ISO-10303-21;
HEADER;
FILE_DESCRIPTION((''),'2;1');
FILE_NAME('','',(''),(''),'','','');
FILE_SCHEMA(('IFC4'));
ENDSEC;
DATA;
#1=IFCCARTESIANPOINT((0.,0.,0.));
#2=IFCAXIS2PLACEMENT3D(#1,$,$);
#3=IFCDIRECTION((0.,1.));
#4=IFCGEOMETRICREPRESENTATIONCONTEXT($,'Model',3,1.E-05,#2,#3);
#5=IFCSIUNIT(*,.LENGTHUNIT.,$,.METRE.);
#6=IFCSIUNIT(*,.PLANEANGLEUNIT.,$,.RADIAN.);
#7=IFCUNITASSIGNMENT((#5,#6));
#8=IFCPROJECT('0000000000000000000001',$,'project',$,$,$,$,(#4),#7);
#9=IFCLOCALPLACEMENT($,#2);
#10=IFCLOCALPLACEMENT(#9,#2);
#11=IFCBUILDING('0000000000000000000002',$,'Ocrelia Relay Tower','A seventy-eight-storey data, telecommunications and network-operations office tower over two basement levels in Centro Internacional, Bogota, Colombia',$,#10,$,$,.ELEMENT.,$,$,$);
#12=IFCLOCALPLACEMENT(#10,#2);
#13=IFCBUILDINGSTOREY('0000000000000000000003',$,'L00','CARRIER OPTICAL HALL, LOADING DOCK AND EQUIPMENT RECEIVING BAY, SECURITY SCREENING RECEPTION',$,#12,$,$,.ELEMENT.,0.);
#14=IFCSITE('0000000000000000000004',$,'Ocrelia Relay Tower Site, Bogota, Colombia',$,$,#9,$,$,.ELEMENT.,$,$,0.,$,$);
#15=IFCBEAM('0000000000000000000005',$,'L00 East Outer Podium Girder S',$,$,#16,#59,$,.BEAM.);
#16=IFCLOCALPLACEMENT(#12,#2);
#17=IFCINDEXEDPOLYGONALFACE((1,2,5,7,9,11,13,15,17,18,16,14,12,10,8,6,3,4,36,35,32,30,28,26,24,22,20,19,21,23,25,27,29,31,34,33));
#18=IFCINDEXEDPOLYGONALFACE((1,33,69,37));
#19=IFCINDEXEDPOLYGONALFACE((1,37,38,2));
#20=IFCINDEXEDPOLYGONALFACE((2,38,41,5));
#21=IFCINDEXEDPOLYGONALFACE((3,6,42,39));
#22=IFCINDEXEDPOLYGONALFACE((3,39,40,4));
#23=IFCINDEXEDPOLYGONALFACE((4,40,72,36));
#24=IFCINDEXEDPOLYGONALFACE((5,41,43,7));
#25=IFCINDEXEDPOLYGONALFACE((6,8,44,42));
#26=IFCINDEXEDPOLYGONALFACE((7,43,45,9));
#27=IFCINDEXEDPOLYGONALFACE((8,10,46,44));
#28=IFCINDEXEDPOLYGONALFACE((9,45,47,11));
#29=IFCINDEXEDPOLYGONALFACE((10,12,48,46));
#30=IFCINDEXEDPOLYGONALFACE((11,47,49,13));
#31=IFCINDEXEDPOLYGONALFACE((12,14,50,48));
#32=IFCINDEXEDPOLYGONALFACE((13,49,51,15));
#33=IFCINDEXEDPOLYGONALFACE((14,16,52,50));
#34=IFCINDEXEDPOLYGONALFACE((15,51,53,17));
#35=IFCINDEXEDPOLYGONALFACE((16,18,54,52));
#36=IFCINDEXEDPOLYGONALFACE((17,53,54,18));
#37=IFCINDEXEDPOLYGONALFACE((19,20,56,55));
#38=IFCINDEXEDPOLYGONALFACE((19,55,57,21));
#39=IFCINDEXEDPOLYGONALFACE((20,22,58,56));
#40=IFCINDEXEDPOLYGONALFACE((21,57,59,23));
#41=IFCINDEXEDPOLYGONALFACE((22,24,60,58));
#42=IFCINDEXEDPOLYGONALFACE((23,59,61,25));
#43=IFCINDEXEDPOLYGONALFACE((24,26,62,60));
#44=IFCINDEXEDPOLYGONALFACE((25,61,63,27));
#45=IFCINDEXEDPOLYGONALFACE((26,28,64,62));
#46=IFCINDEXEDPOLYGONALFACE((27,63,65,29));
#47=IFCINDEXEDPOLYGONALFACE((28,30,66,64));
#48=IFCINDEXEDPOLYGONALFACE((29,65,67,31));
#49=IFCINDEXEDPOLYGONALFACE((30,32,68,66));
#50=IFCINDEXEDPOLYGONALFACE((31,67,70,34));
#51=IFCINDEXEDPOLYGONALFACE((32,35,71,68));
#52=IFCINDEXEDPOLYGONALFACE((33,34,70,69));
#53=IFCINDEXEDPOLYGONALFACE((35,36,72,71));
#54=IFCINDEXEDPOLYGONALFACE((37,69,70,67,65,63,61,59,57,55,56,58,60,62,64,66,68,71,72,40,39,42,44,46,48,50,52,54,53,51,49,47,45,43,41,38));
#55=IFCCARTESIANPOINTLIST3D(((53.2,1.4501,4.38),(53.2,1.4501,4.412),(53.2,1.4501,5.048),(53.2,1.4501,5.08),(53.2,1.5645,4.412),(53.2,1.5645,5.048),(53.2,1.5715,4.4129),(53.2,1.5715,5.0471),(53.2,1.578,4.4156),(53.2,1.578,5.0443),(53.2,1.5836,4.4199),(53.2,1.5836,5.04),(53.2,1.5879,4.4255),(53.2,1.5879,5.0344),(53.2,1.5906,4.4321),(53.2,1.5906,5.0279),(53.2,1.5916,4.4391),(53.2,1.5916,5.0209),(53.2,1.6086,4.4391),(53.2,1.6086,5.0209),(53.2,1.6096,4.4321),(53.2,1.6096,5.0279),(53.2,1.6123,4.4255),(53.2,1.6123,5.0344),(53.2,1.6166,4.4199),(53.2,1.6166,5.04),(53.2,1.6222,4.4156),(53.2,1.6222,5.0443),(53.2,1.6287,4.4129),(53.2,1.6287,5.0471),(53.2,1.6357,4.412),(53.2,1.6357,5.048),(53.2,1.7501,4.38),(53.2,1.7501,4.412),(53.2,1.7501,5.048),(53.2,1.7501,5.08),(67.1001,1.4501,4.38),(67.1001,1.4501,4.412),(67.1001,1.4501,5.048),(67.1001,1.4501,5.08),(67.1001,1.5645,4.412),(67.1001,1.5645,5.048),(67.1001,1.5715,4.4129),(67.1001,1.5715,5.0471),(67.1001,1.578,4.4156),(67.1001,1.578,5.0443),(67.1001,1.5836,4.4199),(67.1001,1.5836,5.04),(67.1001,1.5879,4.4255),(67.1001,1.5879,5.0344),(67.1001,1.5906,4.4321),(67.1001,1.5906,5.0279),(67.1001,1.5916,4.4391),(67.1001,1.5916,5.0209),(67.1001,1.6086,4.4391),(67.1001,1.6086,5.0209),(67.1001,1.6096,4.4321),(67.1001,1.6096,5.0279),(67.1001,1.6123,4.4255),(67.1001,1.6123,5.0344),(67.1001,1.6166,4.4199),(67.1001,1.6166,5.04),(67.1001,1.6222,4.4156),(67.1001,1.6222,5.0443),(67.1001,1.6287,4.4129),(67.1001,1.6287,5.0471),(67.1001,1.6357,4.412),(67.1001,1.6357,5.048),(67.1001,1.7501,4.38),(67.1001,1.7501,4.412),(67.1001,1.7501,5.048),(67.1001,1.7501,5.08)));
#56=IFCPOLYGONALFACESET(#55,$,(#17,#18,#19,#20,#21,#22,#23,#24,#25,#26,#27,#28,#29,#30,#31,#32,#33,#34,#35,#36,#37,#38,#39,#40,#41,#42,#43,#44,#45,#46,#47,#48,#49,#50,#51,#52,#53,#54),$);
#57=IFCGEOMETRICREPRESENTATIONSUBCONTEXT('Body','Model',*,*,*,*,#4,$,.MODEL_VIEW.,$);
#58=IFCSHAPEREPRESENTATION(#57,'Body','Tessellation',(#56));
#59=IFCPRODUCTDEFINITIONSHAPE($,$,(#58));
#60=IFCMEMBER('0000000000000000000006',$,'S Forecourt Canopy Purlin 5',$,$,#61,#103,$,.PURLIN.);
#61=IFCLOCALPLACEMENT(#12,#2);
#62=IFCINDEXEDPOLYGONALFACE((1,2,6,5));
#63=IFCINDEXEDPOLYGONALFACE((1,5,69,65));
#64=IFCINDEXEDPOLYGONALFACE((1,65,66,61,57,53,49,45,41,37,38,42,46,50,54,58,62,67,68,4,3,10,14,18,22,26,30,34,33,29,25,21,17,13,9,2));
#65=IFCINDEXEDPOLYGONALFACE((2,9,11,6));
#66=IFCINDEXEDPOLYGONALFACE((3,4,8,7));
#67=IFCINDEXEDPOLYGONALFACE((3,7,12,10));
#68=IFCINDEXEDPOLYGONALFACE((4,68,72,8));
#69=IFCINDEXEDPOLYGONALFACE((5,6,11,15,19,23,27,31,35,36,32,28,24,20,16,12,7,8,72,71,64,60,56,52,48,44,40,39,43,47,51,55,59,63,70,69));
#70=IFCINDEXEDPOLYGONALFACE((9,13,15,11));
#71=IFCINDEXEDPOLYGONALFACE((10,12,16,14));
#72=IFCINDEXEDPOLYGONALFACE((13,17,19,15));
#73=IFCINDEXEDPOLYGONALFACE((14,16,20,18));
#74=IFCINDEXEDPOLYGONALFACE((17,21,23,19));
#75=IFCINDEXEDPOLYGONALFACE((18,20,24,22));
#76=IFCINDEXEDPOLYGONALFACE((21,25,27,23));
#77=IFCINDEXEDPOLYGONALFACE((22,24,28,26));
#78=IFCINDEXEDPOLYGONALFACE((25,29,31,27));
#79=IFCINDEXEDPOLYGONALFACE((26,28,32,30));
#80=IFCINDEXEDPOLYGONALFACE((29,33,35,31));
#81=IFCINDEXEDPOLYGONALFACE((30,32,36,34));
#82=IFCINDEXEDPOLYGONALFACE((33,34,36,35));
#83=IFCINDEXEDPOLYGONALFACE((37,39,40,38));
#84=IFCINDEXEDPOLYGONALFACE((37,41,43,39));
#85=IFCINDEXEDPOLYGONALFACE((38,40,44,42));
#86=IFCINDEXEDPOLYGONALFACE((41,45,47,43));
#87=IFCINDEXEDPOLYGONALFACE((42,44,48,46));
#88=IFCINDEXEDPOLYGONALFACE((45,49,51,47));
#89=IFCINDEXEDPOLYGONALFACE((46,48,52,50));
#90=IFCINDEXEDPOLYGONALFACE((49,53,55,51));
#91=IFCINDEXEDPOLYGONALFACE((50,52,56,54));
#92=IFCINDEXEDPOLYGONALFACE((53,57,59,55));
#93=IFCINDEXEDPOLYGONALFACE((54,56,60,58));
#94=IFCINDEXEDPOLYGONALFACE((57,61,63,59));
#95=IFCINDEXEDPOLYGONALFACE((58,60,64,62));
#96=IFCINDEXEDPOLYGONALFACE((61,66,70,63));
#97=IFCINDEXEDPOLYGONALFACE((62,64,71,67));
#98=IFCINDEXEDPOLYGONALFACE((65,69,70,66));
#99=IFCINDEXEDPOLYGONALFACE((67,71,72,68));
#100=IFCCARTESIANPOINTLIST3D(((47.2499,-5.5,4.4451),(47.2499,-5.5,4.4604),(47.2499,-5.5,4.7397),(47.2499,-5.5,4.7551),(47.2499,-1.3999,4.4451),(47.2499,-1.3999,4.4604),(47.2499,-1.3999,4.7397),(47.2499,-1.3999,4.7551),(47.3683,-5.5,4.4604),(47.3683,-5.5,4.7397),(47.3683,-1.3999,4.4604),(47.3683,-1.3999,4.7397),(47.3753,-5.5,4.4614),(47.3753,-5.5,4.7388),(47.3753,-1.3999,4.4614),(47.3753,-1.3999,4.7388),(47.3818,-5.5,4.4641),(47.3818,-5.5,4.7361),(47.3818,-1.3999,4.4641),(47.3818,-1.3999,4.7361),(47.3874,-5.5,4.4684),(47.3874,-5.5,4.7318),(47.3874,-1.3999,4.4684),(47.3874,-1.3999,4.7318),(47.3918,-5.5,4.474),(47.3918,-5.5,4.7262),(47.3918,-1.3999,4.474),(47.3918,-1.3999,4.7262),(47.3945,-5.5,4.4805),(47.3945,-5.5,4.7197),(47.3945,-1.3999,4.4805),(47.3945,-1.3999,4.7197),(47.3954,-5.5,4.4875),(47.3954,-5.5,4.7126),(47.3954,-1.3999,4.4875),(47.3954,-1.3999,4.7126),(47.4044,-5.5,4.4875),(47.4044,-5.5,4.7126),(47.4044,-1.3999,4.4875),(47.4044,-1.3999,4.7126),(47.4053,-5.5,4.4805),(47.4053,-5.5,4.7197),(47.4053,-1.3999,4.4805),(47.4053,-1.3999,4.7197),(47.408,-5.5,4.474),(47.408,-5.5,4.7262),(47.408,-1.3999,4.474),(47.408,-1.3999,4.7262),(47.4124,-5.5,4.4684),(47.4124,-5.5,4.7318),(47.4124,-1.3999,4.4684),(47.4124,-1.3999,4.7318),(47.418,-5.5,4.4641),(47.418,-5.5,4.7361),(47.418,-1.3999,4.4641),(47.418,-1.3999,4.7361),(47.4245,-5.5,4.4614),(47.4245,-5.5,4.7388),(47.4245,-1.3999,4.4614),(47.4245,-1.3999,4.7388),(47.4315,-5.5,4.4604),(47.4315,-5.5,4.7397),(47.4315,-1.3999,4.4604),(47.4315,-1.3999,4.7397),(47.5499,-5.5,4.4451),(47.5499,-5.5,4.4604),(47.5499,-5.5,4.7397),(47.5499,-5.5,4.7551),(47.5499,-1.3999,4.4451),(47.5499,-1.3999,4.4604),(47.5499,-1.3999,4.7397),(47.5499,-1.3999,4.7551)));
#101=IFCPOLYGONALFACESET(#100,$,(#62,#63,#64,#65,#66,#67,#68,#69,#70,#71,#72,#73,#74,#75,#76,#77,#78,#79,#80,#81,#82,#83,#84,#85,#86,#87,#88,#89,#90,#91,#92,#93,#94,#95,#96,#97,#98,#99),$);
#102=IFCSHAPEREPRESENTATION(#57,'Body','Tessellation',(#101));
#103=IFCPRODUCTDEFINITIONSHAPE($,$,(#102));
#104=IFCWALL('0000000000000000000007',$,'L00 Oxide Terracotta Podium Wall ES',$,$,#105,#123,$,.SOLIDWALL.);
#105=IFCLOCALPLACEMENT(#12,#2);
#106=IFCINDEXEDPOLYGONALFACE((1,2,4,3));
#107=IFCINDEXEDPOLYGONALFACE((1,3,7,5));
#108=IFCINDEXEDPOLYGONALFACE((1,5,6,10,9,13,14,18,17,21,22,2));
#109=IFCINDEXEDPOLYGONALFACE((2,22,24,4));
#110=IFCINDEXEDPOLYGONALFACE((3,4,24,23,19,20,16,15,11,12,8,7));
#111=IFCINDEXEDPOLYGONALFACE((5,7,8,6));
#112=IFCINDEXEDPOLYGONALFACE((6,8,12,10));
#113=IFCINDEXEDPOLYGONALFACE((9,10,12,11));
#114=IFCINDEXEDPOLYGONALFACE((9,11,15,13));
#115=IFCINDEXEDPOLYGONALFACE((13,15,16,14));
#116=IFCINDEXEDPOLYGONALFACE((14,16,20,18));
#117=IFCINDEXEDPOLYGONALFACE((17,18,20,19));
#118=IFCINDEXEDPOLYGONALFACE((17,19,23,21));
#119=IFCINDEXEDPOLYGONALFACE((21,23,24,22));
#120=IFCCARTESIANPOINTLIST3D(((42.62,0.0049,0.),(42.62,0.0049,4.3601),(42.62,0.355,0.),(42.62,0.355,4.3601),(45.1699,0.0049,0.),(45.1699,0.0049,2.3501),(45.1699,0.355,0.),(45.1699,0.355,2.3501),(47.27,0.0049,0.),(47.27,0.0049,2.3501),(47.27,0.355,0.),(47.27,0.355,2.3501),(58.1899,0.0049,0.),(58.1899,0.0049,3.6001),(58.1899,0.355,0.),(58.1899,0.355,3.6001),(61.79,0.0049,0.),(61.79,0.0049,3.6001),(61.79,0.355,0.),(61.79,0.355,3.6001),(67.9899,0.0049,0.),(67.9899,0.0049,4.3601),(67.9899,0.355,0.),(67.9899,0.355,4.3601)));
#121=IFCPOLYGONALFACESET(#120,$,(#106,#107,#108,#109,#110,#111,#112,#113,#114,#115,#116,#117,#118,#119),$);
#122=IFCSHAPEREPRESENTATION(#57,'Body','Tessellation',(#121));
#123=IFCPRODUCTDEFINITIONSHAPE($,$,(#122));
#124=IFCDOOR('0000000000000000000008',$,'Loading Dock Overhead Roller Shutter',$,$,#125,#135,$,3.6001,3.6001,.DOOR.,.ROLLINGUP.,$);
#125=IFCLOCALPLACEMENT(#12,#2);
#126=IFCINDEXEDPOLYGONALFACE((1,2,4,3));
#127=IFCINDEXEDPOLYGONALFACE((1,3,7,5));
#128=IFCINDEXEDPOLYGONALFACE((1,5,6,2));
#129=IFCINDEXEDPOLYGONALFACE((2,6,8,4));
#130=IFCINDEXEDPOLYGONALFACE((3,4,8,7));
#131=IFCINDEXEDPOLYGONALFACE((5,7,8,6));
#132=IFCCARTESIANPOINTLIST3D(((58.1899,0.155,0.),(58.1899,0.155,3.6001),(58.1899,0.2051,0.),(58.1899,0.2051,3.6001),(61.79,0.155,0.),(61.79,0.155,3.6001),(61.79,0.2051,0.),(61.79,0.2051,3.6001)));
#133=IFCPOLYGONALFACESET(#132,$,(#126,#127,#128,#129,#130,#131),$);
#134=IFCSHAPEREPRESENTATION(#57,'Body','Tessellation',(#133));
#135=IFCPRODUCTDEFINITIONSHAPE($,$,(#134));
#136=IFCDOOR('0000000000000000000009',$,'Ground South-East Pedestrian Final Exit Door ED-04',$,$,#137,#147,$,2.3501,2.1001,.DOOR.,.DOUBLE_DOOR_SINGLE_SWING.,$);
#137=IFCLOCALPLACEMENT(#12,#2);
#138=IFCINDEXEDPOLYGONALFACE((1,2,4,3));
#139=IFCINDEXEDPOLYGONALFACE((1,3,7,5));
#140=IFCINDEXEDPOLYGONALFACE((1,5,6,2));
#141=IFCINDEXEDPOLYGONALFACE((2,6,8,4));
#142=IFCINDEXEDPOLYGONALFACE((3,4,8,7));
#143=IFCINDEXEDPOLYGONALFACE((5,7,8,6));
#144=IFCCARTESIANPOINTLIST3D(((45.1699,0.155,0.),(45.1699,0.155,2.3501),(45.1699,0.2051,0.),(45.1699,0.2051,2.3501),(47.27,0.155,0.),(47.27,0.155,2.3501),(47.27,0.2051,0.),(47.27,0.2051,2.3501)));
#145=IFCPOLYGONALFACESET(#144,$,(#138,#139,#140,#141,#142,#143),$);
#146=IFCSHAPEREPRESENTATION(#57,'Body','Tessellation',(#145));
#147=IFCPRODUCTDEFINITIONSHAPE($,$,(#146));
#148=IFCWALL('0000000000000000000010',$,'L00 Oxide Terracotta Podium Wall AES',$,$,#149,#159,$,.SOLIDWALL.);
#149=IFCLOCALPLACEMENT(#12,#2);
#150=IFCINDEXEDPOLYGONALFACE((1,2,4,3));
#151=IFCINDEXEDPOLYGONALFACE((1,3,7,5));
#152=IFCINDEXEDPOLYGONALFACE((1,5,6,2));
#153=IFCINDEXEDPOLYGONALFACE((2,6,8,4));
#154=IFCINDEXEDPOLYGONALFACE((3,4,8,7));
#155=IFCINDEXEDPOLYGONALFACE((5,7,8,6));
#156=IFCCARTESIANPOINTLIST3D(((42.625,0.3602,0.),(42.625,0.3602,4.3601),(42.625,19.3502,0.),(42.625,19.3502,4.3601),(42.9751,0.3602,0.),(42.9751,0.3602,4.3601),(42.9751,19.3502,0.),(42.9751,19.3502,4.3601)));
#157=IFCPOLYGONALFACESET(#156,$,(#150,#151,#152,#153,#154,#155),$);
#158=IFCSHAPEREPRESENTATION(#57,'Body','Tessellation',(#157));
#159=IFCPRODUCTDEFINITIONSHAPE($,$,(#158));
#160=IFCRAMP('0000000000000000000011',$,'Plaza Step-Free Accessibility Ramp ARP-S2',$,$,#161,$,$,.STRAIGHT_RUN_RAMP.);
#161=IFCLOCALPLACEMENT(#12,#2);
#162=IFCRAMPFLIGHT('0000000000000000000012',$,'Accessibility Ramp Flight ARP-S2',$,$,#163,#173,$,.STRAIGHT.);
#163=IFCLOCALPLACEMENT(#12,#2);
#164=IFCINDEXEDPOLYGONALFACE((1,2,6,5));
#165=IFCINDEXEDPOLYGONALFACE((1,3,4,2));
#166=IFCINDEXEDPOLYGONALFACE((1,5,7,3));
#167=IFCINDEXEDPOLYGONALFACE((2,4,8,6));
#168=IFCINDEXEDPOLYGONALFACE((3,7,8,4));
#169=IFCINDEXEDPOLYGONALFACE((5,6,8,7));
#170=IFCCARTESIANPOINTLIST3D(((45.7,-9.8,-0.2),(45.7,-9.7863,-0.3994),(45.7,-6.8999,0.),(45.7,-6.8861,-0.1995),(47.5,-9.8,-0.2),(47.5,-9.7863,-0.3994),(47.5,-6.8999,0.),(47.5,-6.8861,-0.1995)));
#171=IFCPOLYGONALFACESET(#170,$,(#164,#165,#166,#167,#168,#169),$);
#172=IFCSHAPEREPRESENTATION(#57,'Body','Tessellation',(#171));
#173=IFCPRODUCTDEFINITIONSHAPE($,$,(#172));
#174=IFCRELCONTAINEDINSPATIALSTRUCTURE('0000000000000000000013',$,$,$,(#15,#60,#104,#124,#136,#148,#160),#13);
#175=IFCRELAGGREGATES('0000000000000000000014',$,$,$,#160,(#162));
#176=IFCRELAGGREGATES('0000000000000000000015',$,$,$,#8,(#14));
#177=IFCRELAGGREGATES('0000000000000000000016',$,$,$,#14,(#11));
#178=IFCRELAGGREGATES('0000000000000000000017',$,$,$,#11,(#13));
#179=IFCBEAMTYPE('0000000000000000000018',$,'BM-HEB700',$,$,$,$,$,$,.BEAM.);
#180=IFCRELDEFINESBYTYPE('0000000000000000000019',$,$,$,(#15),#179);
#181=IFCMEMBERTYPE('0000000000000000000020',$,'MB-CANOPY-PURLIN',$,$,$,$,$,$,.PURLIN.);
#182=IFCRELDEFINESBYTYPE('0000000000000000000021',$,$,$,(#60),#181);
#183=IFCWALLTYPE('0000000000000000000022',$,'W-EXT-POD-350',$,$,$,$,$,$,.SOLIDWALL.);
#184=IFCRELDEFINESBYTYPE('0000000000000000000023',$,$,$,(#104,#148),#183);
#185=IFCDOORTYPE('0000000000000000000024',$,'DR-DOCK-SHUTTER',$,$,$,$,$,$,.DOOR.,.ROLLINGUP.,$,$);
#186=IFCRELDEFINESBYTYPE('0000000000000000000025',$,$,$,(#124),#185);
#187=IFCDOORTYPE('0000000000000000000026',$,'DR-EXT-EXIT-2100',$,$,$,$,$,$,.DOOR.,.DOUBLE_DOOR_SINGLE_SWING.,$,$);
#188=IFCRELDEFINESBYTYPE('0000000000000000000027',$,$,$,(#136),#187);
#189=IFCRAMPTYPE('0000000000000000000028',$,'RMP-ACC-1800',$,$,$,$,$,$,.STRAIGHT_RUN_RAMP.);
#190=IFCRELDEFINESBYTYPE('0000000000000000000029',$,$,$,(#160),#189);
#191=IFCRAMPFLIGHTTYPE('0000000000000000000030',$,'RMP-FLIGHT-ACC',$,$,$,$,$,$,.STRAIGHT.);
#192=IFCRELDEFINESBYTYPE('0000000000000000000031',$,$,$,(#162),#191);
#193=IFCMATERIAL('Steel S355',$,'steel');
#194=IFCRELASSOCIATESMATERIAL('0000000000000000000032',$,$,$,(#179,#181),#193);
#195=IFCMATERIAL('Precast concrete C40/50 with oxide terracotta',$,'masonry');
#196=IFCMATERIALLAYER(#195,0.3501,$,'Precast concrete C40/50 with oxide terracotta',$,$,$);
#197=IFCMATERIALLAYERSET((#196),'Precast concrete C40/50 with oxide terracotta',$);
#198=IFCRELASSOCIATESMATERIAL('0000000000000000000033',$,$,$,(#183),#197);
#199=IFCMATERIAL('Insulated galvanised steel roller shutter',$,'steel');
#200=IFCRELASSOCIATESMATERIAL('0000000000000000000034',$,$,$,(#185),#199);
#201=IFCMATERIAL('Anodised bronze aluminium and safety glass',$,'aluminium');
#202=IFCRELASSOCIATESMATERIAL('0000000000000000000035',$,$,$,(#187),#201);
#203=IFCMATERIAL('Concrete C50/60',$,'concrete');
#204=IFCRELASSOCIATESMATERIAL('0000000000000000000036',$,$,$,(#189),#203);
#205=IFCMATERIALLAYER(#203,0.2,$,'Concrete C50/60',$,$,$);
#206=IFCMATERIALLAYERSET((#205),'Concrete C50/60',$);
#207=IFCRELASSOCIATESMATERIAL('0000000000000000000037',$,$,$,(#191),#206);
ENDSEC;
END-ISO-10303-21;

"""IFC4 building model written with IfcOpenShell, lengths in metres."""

from ifc_helpers import new_model, si_unit, direction, frame, frame_2d, origin, origin_2d, place, context, subcontext, project, spatial, polyline, rectangle, i_section, outline, extrude, material, layer, layer_set, material_profile, profile_set, type_object, element, fill, aggregate, save


model = new_model("IFC4")

# Units and contexts
model_context = context("Model", 3, precision=1e-05, world=origin(), true_north=direction((0.0, 1.0)))
body_context = subcontext(model_context, "Body", "Model", "MODEL_VIEW")
ifc_project = project(units=[si_unit("LENGTHUNIT", "METRE"), si_unit("PLANEANGLEUNIT", "RADIAN")], contexts=[model_context])

# Site, building, storey
site_placement = place(None, origin())
site = spatial("IfcSite", under=ifc_project, at=site_placement, Name="Ocrelia Relay Tower Site, Bogota, Colombia", CompositionType="ELEMENT", RefElevation=0.0)
building_placement = place(site_placement, origin())
building = spatial("IfcBuilding", under=site, at=building_placement, Name="Ocrelia Relay Tower", Description="A seventy-eight-storey data, telecommunications and network-operations office tower over two basement levels in Centro Internacional, Bogota, Colombia", CompositionType="ELEMENT")
storey_placement = place(building_placement, origin())
storey = spatial("IfcBuildingStorey", under=building, at=storey_placement, Name="L00", Description="CARRIER OPTICAL HALL, LOADING DOCK AND EQUIPMENT RECEIVING BAY, SECURITY SCREENING RECEPTION", CompositionType="ELEMENT", Elevation=0.0)

# Shared definitions
ifc_material_1 = material(Name="Concrete C50/60", Category="concrete")

# Beam
ifc_material_2 = material(Name="Steel S355", Category="steel")
ifc_material_profile_1 = material_profile(ifc_material_2, i_section(OverallWidth=0.3, OverallDepth=0.7, WebThickness=0.0171, FlangeThickness=0.032, FilletRadius=0.0271, at=origin_2d()), Name="HEB 700")
ifc_profile_set_1 = profile_set([ifc_material_profile_1], Name="Steel S355")
beam_type_1 = type_object("IfcBeamType", Name="BM-HEB700", PredefinedType="BEAM", material=ifc_profile_set_1)
beam_1_placement = place(storey_placement, frame((53.2, 1.6001, 4.73), z_axis=(1.0, 0.0, 0.0), x_axis=(0.0, 1.0, 0.0)))
element("IfcBeam", 1, at=beam_1_placement, inside=storey, type_object=beam_type_1, Name="L00 East Outer Podium Girder S", PredefinedType="BEAM", context=body_context, shape_type="SweptSolid", body=[
    extrude(i_section(OverallWidth=0.3, OverallDepth=0.7, WebThickness=0.0171, FlangeThickness=0.032, FilletRadius=0.0271, at=origin_2d()), origin(), (0.0, 0.0, 1.0), 13.9001),
])

# Member
ifc_material_profile_2 = material_profile(ifc_material_2, i_section(OverallWidth=0.3, OverallDepth=0.3101, WebThickness=0.009, FlangeThickness=0.0154, FilletRadius=0.0271, at=origin_2d()), Name="HEA 320")
ifc_profile_set_2 = profile_set([ifc_material_profile_2], Name="Steel S355")
member_type = type_object("IfcMemberType", Name="MB-CANOPY-PURLIN", PredefinedType="PURLIN", material=ifc_profile_set_2)
member_placement = place(storey_placement, frame((47.3999, -5.5, 4.6001), z_axis=(0.0, 1.0, 0.0), x_axis=(-1.0, 0.0, 0.0)))
element("IfcMember", 2, at=member_placement, inside=storey, type_object=member_type, Name="S Forecourt Canopy Purlin 5", PredefinedType="PURLIN", context=body_context, shape_type="SweptSolid", body=[
    extrude(i_section(OverallWidth=0.3, OverallDepth=0.3101, WebThickness=0.009, FlangeThickness=0.0154, FilletRadius=0.0271, at=origin_2d()), origin(), (0.0, 0.0, 1.0), 4.1001),
])

# Wall, openings, doors
ifc_material_3 = material(Name="Precast concrete C40/50 with oxide terracotta", Category="masonry")
ifc_layer_1 = layer(ifc_material_3, 0.3501, Name="Precast concrete C40/50 with oxide terracotta")
ifc_layer_set_1 = layer_set([ifc_layer_1], Name="Precast concrete C40/50 with oxide terracotta")
wall_type = type_object("IfcWallType", Name="W-EXT-POD-350", PredefinedType="SOLIDWALL", material=ifc_layer_set_1)
wall_1_placement = place(storey_placement, frame((67.99, 0.1799, 0.0), z_axis=(0.0, 0.0, 1.0), x_axis=(-1.0, 0.0, 0.0)))
wall_1 = element("IfcWall", 3, at=wall_1_placement, inside=storey, type_object=wall_type, Name="L00 Oxide Terracotta Podium Wall ES", PredefinedType="SOLIDWALL", context=body_context, shape_type="SweptSolid", body=[
    extrude(rectangle(XDim=25.3699, YDim=0.3501, at=frame_2d((12.6851, 0.0))), origin(), (0.0, 0.0, 1.0), 4.3601),
])
opening_1_placement = place(wall_1_placement, frame((20.72, 0.0, 0.0)))
opening_1 = element("IfcOpeningElement", 4, at=opening_1_placement, cuts=wall_1, PredefinedType="OPENING", context=body_context, shape_type="SweptSolid", body=[
    extrude(rectangle(XDim=2.1001, YDim=2.3501, at=frame_2d((1.05, 1.175))), frame((0.0, 0.1851, 0.0), z_axis=(0.0, -1.0, 0.0), x_axis=(1.0, 0.0, 0.0)), (0.0, 0.0, 1.0), 0.3701),
])
opening_2_placement = place(wall_1_placement, frame((6.2, 0.0, 0.0)))
opening_2 = element("IfcOpeningElement", 5, at=opening_2_placement, cuts=wall_1, PredefinedType="OPENING", context=body_context, shape_type="SweptSolid", body=[
    extrude(rectangle(XDim=3.6001, YDim=3.6001, at=frame_2d((1.8, 1.8))), frame((0.0, 0.1851, 0.0), z_axis=(0.0, -1.0, 0.0), x_axis=(1.0, 0.0, 0.0)), (0.0, 0.0, 1.0), 0.3701),
])
ifc_material_4 = material(Name="Insulated galvanised steel roller shutter", Category="steel")
door_type_1 = type_object("IfcDoorType", Name="DR-DOCK-SHUTTER", OperationType="ROLLINGUP", PredefinedType="DOOR", material=ifc_material_4)
door_1_placement = place(opening_2_placement, origin())
door_1 = element("IfcDoor", 6, at=door_1_placement, inside=storey, type_object=door_type_1, Name="Loading Dock Overhead Roller Shutter", OperationType="ROLLINGUP", OverallHeight=3.6001, OverallWidth=3.6001, PredefinedType="DOOR", context=body_context, shape_type="SweptSolid", body=[
    extrude(rectangle(XDim=3.6001, YDim=3.6001, at=frame_2d((1.8, 1.8))), frame((0.0, 0.0249, 0.0), z_axis=(0.0, -1.0, 0.0), x_axis=(1.0, 0.0, 0.0)), (0.0, 0.0, 1.0), 0.05),
])
fill(opening_2, door_1)
ifc_material_5 = material(Name="Anodised bronze aluminium and safety glass", Category="aluminium")
door_type_2 = type_object("IfcDoorType", Name="DR-EXT-EXIT-2100", OperationType="DOUBLE_DOOR_SINGLE_SWING", PredefinedType="DOOR", material=ifc_material_5)
door_2_placement = place(opening_1_placement, origin())
door_2 = element("IfcDoor", 7, at=door_2_placement, inside=storey, type_object=door_type_2, Name="Ground South-East Pedestrian Final Exit Door ED-04", OperationType="DOUBLE_DOOR_SINGLE_SWING", OverallHeight=2.3501, OverallWidth=2.1001, PredefinedType="DOOR", context=body_context, shape_type="SweptSolid", body=[
    extrude(rectangle(XDim=2.1001, YDim=2.3501, at=frame_2d((1.05, 1.175))), frame((0.0, 0.0249, 0.0), z_axis=(0.0, -1.0, 0.0), x_axis=(1.0, 0.0, 0.0)), (0.0, 0.0, 1.0), 0.05),
])
fill(opening_1, door_2)

# Wall
wall_2_placement = place(storey_placement, frame((42.8, 0.3601, 0.0), z_axis=(0.0, 0.0, 1.0), x_axis=(0.0, 1.0, 0.0)))
element("IfcWall", 8, at=wall_2_placement, inside=storey, type_object=wall_type, Name="L00 Oxide Terracotta Podium Wall AES", PredefinedType="SOLIDWALL", context=body_context, shape_type="SweptSolid", body=[
    extrude(rectangle(XDim=18.99, YDim=0.3501, at=frame_2d((9.4951, 0.0))), origin(), (0.0, 0.0, 1.0), 4.3601),
])

# Ramp, ramp flight
ramp_type = type_object("IfcRampType", Name="RMP-ACC-1800", PredefinedType="STRAIGHT_RUN_RAMP", material=ifc_material_1)
ramp_placement = place(storey_placement, origin())
ramp = element("IfcRamp", 9, at=ramp_placement, inside=storey, type_object=ramp_type, Name="Plaza Step-Free Accessibility Ramp ARP-S2", PredefinedType="STRAIGHT_RUN_RAMP")
ifc_layer_2 = layer(ifc_material_1, 0.2, Name="Concrete C50/60")
ifc_layer_set_2 = layer_set([ifc_layer_2], Name="Concrete C50/60")
ramp_flight_type = type_object("IfcRampFlightType", Name="RMP-FLIGHT-ACC", PredefinedType="STRAIGHT", material=ifc_layer_set_2)
ramp_flight_placement = place(storey_placement, frame((45.7, -9.8, -0.2), z_axis=(0.0, -0.068782, 0.997632), x_axis=(1.0, 0.0, 0.0)))
ramp_flight = element("IfcRampFlight", 10, at=ramp_flight_placement, type_object=ramp_flight_type, Name="Accessibility Ramp Flight ARP-S2", PredefinedType="STRAIGHT", context=body_context, shape_type="SweptSolid", body=[
    extrude(outline(polyline([(0.0, 0.0), (1.8, 0.0), (1.8, 2.907), (0.0, 2.907), (0.0, 0.0)])), origin(), (0.0, 0.0, -1.0), 0.2),
])
aggregate(ramp, [ramp_flight])

save(model, "model.ifc")
